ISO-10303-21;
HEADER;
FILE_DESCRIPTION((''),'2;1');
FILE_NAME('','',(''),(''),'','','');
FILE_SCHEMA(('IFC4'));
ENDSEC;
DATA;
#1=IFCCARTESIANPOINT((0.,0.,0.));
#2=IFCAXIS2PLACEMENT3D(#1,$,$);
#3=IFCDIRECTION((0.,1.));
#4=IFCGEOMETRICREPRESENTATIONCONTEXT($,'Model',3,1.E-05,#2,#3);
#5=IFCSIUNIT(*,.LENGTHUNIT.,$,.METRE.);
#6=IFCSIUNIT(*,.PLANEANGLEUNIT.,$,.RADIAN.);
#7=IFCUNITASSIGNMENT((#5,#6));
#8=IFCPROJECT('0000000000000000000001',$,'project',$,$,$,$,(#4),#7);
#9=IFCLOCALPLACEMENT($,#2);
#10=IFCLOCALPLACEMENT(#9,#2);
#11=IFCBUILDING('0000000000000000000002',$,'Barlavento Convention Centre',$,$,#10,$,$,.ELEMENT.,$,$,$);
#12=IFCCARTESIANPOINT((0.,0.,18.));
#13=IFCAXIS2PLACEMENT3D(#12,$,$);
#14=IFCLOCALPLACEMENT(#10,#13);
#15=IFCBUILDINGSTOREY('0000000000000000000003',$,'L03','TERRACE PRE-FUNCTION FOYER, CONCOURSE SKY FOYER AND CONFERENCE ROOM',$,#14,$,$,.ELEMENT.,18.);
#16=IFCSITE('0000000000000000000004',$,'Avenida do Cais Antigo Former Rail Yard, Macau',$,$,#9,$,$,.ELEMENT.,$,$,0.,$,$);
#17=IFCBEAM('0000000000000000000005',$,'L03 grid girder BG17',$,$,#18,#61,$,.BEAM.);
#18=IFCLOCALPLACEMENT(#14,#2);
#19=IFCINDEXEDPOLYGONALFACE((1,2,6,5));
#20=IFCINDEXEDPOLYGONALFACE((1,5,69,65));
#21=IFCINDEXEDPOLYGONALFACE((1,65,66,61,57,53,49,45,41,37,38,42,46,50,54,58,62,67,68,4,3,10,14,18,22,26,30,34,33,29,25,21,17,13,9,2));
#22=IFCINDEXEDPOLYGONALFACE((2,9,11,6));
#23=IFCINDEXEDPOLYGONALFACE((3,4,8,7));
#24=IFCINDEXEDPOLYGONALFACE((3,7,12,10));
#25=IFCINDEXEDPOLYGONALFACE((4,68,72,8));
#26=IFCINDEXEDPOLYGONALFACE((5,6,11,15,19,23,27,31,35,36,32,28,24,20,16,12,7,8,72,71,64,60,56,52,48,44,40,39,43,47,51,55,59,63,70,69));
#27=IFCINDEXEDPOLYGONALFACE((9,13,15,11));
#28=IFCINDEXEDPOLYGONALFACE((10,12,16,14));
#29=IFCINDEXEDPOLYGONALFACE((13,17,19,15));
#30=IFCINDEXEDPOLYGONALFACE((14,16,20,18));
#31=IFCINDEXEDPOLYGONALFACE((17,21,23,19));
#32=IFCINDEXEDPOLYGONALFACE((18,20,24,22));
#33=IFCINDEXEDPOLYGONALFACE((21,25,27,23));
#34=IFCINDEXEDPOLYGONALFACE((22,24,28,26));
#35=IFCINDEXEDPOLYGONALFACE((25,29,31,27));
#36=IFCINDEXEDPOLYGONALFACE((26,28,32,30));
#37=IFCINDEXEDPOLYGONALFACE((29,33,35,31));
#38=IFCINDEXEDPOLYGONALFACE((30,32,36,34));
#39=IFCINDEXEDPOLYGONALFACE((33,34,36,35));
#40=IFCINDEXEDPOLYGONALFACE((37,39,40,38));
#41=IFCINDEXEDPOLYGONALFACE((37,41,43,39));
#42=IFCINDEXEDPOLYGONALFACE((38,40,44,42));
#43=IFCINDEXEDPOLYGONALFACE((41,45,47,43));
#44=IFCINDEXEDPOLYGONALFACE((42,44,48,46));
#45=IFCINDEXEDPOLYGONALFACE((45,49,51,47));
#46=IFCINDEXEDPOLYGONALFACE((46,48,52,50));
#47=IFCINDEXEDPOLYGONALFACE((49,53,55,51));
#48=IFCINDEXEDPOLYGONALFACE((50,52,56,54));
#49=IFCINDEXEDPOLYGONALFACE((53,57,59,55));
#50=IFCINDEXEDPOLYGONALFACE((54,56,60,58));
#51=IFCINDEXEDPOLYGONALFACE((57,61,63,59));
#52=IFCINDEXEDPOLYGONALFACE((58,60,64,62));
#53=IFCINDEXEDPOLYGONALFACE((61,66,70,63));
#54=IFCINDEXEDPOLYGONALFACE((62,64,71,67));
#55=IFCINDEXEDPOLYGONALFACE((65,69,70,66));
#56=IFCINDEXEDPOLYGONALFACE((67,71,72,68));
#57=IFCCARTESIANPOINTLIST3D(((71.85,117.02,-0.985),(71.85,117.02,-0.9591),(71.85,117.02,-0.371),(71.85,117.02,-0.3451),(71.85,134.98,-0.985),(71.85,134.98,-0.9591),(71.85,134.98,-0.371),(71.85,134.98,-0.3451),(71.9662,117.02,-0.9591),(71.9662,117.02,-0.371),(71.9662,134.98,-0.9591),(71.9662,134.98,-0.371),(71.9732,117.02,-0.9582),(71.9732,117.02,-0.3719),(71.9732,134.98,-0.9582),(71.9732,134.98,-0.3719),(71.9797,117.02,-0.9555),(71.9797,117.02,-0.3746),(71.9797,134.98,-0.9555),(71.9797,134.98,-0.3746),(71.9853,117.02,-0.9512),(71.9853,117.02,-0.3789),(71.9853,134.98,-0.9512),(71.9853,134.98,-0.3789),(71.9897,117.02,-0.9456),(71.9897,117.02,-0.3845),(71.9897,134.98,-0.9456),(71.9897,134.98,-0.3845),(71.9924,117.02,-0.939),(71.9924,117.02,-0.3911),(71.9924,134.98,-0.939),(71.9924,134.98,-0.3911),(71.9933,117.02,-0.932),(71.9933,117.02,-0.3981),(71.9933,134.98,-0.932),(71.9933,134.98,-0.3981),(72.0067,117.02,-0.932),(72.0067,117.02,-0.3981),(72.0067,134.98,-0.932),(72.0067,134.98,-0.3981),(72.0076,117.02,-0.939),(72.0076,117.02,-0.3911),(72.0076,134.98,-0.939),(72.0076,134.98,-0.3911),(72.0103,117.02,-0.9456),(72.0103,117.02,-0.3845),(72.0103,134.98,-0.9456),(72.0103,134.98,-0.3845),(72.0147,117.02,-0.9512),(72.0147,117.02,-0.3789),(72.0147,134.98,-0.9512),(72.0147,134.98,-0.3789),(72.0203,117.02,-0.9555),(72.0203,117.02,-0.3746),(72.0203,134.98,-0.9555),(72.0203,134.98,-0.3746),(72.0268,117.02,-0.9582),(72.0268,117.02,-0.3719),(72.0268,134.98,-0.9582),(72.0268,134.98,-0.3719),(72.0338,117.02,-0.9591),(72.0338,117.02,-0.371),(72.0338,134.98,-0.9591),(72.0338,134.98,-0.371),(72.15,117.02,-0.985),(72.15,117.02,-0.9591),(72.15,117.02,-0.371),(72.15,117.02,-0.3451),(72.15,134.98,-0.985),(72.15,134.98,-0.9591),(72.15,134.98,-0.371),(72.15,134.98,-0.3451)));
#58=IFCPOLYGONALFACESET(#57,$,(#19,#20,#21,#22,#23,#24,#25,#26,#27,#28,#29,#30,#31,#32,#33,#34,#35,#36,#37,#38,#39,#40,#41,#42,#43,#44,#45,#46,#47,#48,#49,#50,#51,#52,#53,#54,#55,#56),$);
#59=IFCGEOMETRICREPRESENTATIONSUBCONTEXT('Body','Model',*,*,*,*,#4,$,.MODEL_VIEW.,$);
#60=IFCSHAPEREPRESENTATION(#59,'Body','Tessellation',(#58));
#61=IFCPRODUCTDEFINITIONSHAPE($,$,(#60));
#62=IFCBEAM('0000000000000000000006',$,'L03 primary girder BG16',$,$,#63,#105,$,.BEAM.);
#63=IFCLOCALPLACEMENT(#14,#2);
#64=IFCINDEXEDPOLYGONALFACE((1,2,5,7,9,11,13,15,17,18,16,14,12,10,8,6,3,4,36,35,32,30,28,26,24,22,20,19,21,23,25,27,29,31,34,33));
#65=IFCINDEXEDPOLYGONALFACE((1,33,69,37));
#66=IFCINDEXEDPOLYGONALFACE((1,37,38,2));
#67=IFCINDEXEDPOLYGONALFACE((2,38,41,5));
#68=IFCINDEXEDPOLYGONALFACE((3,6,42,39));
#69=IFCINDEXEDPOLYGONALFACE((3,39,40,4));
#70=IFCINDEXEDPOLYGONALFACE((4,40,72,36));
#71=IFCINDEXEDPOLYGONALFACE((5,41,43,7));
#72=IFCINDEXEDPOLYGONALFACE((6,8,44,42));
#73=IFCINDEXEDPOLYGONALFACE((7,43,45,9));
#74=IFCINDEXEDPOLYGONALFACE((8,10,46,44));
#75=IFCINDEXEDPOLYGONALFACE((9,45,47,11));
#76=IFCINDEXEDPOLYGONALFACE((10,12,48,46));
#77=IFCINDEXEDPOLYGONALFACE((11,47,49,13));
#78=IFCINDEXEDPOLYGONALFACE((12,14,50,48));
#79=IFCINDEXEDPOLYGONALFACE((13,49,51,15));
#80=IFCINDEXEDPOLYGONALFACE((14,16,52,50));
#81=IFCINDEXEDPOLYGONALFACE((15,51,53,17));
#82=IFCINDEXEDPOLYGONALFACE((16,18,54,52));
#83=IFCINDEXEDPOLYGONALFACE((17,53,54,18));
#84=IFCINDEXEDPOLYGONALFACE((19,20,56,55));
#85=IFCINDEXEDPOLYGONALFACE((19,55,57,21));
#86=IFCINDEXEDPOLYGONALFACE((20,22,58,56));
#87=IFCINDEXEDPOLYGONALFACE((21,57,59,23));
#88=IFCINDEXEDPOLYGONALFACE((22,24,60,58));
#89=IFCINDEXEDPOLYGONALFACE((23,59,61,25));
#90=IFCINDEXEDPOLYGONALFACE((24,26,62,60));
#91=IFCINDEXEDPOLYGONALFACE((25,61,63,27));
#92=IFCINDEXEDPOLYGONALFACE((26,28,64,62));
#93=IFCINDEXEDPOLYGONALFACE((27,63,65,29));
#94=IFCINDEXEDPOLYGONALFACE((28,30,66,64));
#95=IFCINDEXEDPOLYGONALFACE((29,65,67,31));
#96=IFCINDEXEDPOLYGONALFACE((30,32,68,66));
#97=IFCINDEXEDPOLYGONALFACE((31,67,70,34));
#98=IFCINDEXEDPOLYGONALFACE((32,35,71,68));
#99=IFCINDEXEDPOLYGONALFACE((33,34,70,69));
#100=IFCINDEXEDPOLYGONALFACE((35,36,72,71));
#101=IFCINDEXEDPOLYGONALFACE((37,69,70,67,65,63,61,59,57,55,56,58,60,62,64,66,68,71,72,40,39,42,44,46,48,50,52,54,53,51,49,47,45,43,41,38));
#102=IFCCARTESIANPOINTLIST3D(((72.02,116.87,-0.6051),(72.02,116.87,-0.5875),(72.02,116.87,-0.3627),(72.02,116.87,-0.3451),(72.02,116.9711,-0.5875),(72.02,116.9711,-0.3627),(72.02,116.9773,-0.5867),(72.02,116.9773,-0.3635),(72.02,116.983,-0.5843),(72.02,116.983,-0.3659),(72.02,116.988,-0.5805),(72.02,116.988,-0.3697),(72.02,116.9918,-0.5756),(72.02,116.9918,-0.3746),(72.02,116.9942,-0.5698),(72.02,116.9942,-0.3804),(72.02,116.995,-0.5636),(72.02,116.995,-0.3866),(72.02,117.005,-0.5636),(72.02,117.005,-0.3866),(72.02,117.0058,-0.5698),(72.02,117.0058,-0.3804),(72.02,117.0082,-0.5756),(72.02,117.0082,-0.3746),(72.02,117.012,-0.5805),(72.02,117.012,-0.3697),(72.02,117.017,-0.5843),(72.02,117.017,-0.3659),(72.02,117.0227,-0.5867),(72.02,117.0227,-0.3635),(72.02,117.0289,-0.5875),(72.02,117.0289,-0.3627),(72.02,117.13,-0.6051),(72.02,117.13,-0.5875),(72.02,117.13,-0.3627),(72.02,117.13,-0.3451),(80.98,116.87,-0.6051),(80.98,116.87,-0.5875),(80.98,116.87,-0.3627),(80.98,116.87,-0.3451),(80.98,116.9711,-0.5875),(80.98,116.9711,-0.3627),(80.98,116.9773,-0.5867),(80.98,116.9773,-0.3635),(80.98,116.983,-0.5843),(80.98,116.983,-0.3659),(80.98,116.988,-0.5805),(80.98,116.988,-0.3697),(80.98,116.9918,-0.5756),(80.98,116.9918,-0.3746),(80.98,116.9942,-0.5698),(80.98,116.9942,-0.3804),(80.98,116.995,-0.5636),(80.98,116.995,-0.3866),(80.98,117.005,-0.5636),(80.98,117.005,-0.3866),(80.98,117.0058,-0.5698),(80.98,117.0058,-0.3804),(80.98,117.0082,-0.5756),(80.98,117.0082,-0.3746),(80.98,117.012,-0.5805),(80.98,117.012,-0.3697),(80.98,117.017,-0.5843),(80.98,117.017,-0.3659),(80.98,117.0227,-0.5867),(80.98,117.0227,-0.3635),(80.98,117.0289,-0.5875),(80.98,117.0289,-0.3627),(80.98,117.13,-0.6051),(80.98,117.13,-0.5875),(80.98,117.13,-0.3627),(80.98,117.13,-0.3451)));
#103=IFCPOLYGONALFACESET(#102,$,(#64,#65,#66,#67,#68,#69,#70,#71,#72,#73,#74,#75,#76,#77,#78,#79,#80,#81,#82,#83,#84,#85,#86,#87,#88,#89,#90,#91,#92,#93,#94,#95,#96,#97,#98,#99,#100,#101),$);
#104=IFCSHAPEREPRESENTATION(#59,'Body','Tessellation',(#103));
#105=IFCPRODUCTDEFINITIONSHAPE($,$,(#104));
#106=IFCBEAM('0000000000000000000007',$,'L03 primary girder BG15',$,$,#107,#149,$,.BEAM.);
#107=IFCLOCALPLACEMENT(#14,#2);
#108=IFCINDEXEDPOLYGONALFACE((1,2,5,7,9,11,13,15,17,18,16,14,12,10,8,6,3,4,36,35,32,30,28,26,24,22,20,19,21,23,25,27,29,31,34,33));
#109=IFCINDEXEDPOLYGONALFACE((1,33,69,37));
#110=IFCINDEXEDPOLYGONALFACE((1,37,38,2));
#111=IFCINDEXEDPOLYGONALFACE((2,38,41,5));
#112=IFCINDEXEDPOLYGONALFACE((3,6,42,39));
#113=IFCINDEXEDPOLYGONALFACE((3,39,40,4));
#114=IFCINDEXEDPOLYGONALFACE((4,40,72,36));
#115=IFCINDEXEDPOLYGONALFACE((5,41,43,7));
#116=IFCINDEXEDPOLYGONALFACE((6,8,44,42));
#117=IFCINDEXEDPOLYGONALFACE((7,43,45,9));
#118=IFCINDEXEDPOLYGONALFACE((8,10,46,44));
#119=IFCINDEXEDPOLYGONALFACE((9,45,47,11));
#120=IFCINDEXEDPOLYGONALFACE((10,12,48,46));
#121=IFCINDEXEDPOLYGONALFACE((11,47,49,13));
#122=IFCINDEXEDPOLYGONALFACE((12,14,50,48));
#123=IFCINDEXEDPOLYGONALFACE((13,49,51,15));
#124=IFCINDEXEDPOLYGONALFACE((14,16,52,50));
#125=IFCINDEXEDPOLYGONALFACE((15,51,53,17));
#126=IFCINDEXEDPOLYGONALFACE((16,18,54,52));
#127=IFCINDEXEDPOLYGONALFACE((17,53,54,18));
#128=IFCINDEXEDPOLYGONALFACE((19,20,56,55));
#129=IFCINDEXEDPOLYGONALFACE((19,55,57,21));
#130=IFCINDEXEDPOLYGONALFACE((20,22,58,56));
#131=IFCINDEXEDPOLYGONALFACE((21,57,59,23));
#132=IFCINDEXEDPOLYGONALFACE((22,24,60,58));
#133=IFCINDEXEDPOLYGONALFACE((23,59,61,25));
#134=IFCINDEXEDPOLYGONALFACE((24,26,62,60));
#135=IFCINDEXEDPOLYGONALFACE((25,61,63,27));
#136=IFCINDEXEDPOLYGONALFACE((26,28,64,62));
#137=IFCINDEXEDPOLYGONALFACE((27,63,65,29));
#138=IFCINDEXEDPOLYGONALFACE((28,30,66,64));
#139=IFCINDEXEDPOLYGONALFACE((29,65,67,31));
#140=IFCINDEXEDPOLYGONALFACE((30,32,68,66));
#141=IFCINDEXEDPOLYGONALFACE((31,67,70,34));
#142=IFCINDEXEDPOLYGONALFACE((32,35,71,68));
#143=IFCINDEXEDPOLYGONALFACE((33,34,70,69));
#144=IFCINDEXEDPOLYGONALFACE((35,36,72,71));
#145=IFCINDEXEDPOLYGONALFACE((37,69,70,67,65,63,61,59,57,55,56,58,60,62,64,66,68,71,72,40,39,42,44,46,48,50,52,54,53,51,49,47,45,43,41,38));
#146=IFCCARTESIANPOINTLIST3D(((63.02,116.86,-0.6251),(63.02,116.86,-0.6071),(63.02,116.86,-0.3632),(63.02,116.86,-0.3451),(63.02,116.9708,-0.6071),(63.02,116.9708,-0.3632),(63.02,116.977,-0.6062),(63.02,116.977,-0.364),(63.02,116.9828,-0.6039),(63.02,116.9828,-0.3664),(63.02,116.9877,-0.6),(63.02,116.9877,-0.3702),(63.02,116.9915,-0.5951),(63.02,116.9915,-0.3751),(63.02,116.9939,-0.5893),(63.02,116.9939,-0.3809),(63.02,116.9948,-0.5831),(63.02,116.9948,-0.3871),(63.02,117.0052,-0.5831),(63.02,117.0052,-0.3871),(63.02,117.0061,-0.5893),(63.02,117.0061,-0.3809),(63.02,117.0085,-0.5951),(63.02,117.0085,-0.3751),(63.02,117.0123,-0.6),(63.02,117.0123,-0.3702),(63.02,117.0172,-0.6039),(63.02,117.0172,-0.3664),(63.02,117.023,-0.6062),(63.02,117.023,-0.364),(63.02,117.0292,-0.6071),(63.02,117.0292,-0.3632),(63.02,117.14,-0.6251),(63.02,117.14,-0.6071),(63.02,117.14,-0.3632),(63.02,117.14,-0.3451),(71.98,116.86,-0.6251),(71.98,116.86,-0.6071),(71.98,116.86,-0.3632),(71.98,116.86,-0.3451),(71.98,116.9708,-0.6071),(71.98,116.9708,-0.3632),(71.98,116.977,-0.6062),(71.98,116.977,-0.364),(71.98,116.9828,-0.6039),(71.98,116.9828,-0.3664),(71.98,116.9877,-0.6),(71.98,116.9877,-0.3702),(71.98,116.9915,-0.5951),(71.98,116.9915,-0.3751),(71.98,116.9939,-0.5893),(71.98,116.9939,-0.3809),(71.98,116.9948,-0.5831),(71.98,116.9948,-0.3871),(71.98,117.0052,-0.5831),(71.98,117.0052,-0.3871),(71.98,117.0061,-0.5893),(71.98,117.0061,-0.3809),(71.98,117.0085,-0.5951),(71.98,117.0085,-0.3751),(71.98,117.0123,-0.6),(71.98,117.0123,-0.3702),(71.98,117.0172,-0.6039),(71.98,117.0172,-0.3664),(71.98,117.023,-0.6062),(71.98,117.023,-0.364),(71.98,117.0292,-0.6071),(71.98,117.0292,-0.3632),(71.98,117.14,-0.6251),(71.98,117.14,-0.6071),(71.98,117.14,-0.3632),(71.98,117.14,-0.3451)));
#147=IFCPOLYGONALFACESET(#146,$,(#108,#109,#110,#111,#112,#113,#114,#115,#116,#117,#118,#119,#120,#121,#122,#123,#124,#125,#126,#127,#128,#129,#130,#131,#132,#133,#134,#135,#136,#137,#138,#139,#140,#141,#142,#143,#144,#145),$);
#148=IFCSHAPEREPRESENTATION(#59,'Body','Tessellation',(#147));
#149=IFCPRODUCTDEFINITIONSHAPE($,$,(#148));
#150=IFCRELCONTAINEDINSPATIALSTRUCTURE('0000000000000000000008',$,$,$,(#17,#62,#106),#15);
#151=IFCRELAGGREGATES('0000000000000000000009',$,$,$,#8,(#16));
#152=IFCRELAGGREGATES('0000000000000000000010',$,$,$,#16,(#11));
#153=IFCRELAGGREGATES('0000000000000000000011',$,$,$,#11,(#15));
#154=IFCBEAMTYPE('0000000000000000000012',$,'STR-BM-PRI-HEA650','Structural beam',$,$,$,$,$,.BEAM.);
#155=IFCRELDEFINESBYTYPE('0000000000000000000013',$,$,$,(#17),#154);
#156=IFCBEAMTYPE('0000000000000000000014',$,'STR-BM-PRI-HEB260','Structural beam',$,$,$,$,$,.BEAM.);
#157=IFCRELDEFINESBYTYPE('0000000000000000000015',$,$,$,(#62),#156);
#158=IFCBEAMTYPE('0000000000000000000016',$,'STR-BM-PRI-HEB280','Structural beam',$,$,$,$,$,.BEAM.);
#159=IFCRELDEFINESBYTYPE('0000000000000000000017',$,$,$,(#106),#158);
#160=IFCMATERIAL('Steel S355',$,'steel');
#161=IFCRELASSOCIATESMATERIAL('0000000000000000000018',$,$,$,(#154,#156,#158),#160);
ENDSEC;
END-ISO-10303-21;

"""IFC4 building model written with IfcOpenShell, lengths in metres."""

from ifc_helpers import new_model, si_unit, direction, frame, origin, origin_2d, place, context, subcontext, project, spatial, i_section, extrude, material, material_profile, profile_set, type_object, element, save


model = new_model("IFC4")

# Units and contexts
model_context = context("Model", 3, precision=1e-05, world=origin(), true_north=direction((0.0, 1.0)))
body_context = subcontext(model_context, "Body", "Model", "MODEL_VIEW")
ifc_project = project(units=[si_unit("LENGTHUNIT", "METRE"), si_unit("PLANEANGLEUNIT", "RADIAN")], contexts=[model_context])

# Site, building, storey
site_placement = place(None, origin())
site = spatial("IfcSite", under=ifc_project, at=site_placement, Name="Avenida do Cais Antigo Former Rail Yard, Macau", CompositionType="ELEMENT", RefElevation=0.0)
building_placement = place(site_placement, origin())
building = spatial("IfcBuilding", under=site, at=building_placement, Name="Barlavento Convention Centre", CompositionType="ELEMENT")
storey_placement = place(building_placement, frame((0.0, 0.0, 18.0)))
storey = spatial("IfcBuildingStorey", under=building, at=storey_placement, Name="L03", Description="TERRACE PRE-FUNCTION FOYER, CONCOURSE SKY FOYER AND CONFERENCE ROOM", CompositionType="ELEMENT", Elevation=18.0)

# Beams
ifc_material_1 = material(Name="Steel S355", Category="steel")
ifc_material_profile_1 = material_profile(ifc_material_1, i_section(OverallWidth=0.3, OverallDepth=0.6399, WebThickness=0.0134, FlangeThickness=0.0259, FilletRadius=0.0271, at=origin_2d()), Name="HEA 650")
ifc_profile_set_1 = profile_set([ifc_material_profile_1], Name="Steel S355")
beam_type_1 = type_object("IfcBeamType", Name="STR-BM-PRI-HEA650", Description="Structural beam", PredefinedType="BEAM", material=ifc_profile_set_1)
beam_1_placement = place(storey_placement, frame((72.0, 117.02, -0.665), z_axis=(0.0, 1.0, 0.0), x_axis=(-1.0, 0.0, 0.0)))
element("IfcBeam", 1, at=beam_1_placement, inside=storey, type_object=beam_type_1, Name="L03 grid girder BG17", PredefinedType="BEAM", context=body_context, shape_type="SweptSolid", body=[
    extrude(i_section(OverallWidth=0.3, OverallDepth=0.6399, WebThickness=0.0134, FlangeThickness=0.0259, FilletRadius=0.0271, at=origin_2d()), origin(), (0.0, 0.0, 1.0), 17.96),
])
ifc_material_profile_2 = material_profile(ifc_material_1, i_section(OverallWidth=0.26, OverallDepth=0.26, WebThickness=0.01, FlangeThickness=0.0176, FilletRadius=0.0239, at=origin_2d()), Name="HEB 260")
ifc_profile_set_2 = profile_set([ifc_material_profile_2], Name="Steel S355")
beam_type_2 = type_object("IfcBeamType", Name="STR-BM-PRI-HEB260", Description="Structural beam", PredefinedType="BEAM", material=ifc_profile_set_2)
beam_2_placement = place(storey_placement, frame((72.02, 117.0, -0.4751), z_axis=(1.0, 0.0, 0.0), x_axis=(0.0, 1.0, 0.0)))
element("IfcBeam", 2, at=beam_2_placement, inside=storey, type_object=beam_type_2, Name="L03 primary girder BG16", PredefinedType="BEAM", context=body_context, shape_type="SweptSolid", body=[
    extrude(i_section(OverallWidth=0.26, OverallDepth=0.26, WebThickness=0.01, FlangeThickness=0.0176, FilletRadius=0.0239, at=origin_2d()), origin(), (0.0, 0.0, 1.0), 8.96),
])
ifc_material_profile_3 = material_profile(ifc_material_1, i_section(OverallWidth=0.28, OverallDepth=0.28, WebThickness=0.0105, FlangeThickness=0.0181, FilletRadius=0.0239, at=origin_2d()), Name="HEB 280")
ifc_profile_set_3 = profile_set([ifc_material_profile_3], Name="Steel S355")
beam_type_3 = type_object("IfcBeamType", Name="STR-BM-PRI-HEB280", Description="Structural beam", PredefinedType="BEAM", material=ifc_profile_set_3)
beam_3_placement = place(storey_placement, frame((63.02, 117.0, -0.4851), z_axis=(1.0, 0.0, 0.0), x_axis=(0.0, 1.0, 0.0)))
element("IfcBeam", 3, at=beam_3_placement, inside=storey, type_object=beam_type_3, Name="L03 primary girder BG15", PredefinedType="BEAM", context=body_context, shape_type="SweptSolid", body=[
    extrude(i_section(OverallWidth=0.28, OverallDepth=0.28, WebThickness=0.0105, FlangeThickness=0.0181, FilletRadius=0.0239, at=origin_2d()), origin(), (0.0, 0.0, 1.0), 8.96),
])

save(model, "model.ifc")
